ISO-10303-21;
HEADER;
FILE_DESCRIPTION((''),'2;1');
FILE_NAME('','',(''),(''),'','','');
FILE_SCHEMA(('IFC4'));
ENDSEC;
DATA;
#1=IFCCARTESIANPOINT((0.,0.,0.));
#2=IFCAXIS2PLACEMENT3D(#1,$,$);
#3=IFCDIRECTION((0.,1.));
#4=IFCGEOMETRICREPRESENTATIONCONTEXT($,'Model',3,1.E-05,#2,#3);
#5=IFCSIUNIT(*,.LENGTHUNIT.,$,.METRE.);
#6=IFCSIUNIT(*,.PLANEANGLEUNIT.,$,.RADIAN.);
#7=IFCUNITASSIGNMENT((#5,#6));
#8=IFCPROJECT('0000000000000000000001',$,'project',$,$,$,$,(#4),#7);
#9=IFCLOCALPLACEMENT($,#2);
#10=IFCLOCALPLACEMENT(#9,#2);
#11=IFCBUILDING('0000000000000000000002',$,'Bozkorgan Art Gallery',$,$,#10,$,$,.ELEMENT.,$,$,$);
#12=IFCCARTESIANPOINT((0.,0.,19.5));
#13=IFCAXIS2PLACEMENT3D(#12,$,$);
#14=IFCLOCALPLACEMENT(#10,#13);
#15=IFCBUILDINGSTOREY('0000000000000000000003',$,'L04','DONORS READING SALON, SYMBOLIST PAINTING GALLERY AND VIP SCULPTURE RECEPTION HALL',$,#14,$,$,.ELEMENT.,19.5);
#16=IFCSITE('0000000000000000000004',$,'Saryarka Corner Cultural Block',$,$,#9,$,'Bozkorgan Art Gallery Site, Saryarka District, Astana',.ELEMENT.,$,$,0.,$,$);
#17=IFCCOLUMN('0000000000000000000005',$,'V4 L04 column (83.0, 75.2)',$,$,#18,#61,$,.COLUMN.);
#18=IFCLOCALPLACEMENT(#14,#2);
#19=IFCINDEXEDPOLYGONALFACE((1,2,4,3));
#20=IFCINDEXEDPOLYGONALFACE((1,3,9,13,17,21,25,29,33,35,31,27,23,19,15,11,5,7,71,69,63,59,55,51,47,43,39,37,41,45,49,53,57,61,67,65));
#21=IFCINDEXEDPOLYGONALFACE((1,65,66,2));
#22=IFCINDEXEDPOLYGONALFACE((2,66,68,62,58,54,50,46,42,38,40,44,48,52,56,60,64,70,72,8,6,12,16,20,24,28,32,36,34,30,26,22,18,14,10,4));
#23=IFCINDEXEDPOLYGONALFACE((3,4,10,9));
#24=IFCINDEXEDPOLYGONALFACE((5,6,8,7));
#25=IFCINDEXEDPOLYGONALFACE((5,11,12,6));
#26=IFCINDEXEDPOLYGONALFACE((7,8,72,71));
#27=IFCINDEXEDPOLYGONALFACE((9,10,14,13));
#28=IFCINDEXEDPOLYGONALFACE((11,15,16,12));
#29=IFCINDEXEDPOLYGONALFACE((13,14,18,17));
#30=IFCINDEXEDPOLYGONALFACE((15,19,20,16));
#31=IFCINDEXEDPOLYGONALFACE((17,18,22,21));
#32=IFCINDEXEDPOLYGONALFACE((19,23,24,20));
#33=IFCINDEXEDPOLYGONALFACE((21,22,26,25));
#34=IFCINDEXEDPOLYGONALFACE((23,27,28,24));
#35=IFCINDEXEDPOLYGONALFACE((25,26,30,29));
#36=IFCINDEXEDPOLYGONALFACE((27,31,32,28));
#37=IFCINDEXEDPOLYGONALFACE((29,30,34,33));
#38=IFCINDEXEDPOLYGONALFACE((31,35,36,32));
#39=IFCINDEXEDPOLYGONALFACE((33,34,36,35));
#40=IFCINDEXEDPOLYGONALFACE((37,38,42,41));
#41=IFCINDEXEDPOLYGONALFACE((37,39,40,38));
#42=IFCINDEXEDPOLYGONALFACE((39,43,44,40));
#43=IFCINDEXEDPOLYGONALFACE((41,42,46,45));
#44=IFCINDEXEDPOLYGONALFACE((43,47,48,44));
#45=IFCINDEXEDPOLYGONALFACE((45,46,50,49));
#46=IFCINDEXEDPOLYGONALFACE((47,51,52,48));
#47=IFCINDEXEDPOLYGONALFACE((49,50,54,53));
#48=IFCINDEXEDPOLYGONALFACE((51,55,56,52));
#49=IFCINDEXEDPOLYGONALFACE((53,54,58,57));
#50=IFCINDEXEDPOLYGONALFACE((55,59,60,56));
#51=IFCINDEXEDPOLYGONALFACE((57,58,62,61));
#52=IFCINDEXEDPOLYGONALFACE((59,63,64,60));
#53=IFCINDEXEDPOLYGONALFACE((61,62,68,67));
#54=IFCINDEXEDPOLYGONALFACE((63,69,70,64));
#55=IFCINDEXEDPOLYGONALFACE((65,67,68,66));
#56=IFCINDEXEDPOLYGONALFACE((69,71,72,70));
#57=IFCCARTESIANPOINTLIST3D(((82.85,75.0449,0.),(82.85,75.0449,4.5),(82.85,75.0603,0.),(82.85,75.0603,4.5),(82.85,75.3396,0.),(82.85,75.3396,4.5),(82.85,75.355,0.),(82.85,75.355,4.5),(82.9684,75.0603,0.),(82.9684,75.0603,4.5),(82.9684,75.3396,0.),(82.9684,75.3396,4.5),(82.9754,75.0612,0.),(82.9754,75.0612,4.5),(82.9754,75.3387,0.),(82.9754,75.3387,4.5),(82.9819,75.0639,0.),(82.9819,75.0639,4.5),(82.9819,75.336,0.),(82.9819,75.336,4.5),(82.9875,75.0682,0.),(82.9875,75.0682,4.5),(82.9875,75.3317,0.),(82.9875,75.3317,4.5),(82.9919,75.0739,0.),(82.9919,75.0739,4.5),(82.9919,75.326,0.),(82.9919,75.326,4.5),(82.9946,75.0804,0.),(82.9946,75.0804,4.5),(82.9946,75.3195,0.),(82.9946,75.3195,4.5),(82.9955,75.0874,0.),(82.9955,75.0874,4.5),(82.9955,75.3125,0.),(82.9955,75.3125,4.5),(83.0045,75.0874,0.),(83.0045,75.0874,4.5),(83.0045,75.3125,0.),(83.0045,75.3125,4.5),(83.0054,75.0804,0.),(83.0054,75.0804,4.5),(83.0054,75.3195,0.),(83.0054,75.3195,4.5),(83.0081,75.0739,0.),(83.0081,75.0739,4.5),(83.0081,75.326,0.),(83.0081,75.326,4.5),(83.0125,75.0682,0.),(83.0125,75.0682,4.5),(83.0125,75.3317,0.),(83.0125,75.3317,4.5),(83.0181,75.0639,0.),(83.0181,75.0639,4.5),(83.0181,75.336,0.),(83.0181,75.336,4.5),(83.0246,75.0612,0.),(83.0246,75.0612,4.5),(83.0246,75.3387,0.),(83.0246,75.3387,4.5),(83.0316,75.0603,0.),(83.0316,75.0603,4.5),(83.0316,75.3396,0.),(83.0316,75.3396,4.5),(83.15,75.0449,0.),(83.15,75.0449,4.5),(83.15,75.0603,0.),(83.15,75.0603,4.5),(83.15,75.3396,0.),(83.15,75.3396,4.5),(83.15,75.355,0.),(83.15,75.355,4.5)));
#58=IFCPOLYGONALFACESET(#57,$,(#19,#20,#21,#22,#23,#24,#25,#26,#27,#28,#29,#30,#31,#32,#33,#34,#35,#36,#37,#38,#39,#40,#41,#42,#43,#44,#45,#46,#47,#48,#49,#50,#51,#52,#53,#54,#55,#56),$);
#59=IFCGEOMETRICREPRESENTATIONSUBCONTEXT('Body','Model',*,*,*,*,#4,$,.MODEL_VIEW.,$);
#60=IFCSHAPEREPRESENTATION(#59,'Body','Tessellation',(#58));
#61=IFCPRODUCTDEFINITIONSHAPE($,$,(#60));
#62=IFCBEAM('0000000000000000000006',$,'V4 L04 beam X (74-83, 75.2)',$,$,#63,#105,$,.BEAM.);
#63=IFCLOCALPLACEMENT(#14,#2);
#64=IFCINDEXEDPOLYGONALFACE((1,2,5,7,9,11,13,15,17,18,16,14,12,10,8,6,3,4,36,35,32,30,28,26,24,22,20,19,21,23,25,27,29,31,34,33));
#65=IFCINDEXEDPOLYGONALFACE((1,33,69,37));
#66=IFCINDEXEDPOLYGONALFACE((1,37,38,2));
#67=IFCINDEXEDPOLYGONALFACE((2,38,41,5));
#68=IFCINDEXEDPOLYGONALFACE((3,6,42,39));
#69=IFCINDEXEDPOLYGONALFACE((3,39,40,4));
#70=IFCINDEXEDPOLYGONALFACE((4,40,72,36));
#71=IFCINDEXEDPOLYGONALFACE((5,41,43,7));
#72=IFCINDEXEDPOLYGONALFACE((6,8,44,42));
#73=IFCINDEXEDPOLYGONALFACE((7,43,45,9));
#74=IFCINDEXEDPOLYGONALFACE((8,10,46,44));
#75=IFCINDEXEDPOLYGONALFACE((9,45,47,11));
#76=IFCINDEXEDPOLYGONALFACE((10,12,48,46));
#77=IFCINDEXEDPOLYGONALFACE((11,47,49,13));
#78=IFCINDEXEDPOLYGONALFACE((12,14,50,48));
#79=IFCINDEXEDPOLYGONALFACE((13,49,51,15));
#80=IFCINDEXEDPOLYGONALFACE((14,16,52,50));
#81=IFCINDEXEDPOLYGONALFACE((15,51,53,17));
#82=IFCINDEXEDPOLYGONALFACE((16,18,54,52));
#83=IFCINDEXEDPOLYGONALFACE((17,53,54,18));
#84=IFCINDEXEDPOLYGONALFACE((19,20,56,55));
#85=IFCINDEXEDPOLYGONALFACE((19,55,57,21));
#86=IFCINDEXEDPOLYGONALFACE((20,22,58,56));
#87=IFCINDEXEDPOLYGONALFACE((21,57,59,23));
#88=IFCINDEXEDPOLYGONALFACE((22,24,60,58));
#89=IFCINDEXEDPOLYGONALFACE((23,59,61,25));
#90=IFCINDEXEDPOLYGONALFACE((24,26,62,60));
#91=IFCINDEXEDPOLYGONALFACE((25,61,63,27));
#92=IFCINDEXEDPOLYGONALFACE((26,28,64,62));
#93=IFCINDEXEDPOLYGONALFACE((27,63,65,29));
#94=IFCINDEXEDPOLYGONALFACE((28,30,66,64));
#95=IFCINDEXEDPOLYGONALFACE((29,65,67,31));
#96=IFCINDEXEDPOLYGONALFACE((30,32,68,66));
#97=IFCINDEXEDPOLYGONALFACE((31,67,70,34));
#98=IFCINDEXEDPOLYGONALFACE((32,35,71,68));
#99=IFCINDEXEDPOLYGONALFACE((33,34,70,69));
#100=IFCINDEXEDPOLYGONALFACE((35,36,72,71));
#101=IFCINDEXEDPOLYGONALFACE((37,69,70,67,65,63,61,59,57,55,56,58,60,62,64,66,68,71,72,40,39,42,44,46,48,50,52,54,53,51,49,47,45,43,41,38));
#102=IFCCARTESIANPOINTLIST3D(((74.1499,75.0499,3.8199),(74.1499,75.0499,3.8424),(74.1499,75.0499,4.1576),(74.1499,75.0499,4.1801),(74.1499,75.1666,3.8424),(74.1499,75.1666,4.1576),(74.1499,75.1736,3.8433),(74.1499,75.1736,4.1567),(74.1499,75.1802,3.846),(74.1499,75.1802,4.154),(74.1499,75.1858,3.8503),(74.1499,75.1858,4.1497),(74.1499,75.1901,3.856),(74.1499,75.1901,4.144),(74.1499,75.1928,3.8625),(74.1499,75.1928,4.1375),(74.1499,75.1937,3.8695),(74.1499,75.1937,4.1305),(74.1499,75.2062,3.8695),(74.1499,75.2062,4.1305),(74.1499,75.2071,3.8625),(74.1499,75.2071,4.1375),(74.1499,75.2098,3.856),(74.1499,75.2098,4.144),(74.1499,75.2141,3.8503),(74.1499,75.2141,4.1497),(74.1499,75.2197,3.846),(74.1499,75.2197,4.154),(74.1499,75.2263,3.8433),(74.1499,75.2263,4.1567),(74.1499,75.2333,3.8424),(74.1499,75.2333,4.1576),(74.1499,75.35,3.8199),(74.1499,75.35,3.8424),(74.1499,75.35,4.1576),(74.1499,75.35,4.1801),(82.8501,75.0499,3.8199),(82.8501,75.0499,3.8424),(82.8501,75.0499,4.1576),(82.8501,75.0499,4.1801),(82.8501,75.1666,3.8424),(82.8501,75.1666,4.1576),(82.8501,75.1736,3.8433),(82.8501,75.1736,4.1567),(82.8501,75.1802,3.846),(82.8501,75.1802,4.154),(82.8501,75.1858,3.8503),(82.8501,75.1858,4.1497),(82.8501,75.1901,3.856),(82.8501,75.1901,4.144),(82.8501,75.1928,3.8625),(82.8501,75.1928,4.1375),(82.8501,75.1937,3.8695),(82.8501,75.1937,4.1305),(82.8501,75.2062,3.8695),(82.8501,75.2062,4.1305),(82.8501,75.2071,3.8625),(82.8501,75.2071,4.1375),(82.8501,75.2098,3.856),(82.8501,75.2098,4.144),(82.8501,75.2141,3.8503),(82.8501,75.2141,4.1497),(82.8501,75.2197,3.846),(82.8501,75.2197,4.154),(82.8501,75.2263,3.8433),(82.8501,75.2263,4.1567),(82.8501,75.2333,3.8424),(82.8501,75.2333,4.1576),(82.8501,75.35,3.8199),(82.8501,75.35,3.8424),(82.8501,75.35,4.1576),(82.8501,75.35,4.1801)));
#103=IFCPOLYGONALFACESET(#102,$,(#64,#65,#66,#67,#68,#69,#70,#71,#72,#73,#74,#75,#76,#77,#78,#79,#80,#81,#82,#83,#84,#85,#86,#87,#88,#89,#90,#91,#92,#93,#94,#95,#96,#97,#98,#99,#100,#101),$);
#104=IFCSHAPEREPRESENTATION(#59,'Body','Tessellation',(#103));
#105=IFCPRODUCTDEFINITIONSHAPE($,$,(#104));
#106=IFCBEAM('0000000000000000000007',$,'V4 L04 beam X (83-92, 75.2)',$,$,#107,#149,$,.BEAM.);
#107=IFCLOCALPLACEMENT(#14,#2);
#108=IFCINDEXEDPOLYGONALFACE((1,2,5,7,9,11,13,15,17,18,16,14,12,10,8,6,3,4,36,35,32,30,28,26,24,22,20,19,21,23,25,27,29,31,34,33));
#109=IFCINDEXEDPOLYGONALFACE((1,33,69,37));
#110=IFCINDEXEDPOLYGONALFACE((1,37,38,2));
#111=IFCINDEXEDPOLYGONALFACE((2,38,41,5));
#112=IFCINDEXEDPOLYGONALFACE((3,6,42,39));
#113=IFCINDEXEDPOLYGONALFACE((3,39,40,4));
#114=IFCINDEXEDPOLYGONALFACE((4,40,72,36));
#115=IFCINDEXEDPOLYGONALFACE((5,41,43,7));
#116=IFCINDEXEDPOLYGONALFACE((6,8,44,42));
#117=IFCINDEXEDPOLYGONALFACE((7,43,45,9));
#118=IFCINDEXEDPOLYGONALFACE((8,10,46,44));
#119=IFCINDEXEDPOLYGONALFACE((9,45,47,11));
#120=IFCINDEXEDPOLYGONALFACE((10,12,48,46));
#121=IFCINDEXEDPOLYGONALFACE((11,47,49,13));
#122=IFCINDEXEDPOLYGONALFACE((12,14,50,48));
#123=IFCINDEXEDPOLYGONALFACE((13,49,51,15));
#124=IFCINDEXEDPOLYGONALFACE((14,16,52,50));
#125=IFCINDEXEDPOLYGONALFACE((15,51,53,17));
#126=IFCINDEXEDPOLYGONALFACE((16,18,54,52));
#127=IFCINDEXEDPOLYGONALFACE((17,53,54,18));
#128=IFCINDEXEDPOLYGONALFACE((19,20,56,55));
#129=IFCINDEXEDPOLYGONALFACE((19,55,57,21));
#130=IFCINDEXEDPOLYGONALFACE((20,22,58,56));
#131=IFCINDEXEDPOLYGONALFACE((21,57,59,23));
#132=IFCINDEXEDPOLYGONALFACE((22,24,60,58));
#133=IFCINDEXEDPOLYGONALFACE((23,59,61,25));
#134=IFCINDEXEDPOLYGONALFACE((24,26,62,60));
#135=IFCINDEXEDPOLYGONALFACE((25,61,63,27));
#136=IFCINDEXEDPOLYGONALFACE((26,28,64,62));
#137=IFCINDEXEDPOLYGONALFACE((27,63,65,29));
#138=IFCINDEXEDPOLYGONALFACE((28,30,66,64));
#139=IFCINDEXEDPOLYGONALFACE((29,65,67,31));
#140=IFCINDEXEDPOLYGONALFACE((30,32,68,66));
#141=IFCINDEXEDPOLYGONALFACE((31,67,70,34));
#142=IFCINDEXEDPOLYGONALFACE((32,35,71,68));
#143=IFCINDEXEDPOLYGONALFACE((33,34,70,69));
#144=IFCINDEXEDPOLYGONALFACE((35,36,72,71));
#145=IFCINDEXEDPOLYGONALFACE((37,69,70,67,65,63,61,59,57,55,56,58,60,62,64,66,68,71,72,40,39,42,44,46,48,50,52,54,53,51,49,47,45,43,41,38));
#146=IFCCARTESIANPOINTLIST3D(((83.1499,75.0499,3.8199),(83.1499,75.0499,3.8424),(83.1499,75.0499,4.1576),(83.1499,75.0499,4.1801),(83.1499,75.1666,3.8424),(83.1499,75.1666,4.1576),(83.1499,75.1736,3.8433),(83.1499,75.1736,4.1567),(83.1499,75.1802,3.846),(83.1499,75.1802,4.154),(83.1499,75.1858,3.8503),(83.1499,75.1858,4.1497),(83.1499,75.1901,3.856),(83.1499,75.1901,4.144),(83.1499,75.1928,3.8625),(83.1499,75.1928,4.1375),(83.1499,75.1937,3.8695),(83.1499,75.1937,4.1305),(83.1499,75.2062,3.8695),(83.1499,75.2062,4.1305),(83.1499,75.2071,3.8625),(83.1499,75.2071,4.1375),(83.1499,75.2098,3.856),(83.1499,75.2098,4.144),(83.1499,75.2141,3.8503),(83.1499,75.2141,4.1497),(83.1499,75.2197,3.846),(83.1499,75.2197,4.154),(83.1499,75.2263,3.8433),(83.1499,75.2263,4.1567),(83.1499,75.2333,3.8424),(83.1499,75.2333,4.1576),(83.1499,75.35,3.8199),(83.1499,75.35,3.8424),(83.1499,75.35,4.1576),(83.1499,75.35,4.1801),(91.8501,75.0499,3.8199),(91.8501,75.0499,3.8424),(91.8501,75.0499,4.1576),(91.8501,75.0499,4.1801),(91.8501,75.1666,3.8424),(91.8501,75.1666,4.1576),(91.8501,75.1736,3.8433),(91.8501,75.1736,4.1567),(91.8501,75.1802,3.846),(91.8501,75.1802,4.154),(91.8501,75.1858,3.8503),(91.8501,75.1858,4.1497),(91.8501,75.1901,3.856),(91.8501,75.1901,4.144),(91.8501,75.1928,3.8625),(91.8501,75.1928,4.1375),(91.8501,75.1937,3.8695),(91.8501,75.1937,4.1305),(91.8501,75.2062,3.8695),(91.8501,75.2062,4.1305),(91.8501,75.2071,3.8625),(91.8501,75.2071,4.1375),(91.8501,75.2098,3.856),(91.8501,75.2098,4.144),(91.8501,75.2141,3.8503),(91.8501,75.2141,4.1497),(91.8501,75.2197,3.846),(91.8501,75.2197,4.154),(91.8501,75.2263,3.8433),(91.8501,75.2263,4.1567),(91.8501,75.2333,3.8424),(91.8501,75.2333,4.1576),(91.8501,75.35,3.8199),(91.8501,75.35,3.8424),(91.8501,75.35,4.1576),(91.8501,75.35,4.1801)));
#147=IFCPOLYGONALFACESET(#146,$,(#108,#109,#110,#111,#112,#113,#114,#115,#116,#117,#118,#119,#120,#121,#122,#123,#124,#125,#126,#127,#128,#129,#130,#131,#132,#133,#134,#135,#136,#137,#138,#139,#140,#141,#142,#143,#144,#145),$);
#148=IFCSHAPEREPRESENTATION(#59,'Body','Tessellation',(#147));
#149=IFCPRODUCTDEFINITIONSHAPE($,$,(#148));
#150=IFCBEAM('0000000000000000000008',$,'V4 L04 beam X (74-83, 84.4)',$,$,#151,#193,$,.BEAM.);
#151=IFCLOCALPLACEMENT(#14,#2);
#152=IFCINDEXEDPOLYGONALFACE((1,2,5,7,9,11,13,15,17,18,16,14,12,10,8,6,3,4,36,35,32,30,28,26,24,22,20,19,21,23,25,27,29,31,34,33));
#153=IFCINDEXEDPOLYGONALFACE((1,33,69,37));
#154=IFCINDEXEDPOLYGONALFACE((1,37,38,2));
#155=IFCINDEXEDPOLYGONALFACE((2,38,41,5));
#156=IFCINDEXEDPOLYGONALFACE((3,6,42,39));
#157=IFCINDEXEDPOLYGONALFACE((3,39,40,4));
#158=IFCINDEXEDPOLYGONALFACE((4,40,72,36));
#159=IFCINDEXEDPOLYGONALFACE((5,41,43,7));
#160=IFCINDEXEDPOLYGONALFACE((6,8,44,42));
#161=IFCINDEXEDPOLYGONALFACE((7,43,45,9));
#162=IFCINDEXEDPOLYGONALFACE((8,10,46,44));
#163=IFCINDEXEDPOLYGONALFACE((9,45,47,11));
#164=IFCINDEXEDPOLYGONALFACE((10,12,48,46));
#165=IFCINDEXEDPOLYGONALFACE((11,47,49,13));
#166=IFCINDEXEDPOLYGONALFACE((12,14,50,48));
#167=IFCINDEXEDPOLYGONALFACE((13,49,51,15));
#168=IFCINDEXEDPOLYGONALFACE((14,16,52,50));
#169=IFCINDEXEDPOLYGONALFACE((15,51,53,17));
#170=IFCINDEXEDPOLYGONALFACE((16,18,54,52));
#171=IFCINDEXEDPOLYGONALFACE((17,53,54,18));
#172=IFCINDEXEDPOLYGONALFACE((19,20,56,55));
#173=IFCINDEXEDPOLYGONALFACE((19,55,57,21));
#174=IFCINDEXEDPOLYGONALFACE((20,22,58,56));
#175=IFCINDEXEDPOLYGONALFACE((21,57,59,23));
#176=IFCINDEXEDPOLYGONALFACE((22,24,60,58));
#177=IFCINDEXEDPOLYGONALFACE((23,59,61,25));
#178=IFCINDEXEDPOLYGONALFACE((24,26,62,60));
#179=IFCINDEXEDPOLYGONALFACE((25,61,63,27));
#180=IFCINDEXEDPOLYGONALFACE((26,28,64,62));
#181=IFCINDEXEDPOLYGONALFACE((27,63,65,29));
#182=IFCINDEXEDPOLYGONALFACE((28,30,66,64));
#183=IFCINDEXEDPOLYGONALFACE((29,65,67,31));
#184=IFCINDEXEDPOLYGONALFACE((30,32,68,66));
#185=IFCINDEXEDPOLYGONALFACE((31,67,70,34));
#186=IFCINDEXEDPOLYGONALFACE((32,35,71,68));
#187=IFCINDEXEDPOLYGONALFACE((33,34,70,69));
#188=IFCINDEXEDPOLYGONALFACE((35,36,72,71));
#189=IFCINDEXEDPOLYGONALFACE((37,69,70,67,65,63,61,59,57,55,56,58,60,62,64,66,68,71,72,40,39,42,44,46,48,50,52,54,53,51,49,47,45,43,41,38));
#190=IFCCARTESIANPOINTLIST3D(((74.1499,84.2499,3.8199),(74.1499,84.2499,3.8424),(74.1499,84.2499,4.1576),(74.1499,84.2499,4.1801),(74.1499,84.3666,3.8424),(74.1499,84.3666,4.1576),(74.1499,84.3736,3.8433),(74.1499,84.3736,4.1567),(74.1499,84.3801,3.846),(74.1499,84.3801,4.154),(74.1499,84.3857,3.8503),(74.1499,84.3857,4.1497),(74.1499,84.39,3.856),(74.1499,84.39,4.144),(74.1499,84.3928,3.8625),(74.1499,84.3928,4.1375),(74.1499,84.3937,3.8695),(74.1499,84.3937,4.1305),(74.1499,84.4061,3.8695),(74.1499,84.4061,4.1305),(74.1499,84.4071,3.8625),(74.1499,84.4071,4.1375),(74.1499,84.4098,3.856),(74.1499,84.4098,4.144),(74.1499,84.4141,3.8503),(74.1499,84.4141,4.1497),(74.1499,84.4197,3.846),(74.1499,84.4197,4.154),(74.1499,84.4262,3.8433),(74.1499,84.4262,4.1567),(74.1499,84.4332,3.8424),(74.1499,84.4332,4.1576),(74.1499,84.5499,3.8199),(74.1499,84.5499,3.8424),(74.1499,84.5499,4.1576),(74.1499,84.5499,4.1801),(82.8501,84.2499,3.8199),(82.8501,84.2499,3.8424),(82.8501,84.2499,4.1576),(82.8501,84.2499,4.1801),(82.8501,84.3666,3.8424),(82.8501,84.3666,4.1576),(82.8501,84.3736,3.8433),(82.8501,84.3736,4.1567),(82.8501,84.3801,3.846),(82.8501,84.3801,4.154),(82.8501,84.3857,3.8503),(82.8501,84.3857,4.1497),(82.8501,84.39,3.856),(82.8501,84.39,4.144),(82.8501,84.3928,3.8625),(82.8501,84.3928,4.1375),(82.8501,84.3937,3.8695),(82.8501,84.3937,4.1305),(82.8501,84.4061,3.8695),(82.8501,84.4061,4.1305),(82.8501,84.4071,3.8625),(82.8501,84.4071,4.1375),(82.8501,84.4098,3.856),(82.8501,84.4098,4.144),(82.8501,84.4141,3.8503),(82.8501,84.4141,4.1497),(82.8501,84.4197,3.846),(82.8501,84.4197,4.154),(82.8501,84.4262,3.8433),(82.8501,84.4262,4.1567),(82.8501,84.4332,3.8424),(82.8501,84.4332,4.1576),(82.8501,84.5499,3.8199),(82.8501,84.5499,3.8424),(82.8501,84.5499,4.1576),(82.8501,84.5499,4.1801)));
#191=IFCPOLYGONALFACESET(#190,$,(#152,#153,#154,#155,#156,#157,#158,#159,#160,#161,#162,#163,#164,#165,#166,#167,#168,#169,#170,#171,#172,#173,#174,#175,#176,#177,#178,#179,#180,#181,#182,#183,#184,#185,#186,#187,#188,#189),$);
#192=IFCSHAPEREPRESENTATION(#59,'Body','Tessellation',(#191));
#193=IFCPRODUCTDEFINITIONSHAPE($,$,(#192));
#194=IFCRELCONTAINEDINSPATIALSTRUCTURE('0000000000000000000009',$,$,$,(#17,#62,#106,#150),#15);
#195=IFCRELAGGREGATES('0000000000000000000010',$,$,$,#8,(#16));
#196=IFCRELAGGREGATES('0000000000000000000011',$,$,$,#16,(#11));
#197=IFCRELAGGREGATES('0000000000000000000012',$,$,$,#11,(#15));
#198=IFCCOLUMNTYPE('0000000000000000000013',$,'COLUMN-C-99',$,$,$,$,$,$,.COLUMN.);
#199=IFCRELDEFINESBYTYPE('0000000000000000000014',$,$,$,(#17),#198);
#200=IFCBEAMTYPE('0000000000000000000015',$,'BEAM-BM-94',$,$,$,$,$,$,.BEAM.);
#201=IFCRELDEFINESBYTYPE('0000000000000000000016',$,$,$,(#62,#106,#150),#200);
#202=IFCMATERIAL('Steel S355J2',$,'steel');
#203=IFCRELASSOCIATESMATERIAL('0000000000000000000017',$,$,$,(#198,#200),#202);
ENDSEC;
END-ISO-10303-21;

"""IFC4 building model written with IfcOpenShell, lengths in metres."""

from ifc_helpers import new_model, si_unit, direction, frame, origin, origin_2d, place, context, subcontext, project, spatial, i_section, extrude, material, material_profile, profile_set, type_object, element, save


model = new_model("IFC4")

# Units and contexts
model_context = context("Model", 3, precision=1e-05, world=origin(), true_north=direction((0.0, 1.0)))
body_context = subcontext(model_context, "Body", "Model", "MODEL_VIEW")
ifc_project = project(units=[si_unit("LENGTHUNIT", "METRE"), si_unit("PLANEANGLEUNIT", "RADIAN")], contexts=[model_context])

# Site, building, storey
site_placement = place(None, origin())
site = spatial("IfcSite", under=ifc_project, at=site_placement, Name="Saryarka Corner Cultural Block", LongName="Bozkorgan Art Gallery Site, Saryarka District, Astana", CompositionType="ELEMENT", RefElevation=0.0)
building_placement = place(site_placement, origin())
building = spatial("IfcBuilding", under=site, at=building_placement, Name="Bozkorgan Art Gallery", CompositionType="ELEMENT")
storey_placement = place(building_placement, frame((0.0, 0.0, 19.5)))
storey = spatial("IfcBuildingStorey", under=building, at=storey_placement, Name="L04", Description="DONORS READING SALON, SYMBOLIST PAINTING GALLERY AND VIP SCULPTURE RECEPTION HALL", CompositionType="ELEMENT", Elevation=19.5)

# Column
ifc_material_1 = material(Name="Steel S355J2", Category="steel")
ifc_material_profile_1 = material_profile(ifc_material_1, i_section(OverallWidth=0.3, OverallDepth=0.3101, WebThickness=0.009, FlangeThickness=0.0154, FilletRadius=0.0271, at=origin_2d()), Name="HEA 320")
ifc_profile_set_1 = profile_set([ifc_material_profile_1], Name="Steel S355J2")
column_type_1 = type_object("IfcColumnType", Name="COLUMN-C-99", PredefinedType="COLUMN", material=ifc_profile_set_1)
for number, where, z_axis, x_axis, name in (
    (1, (83.0, 75.2, 0.0), (0.0, 0.0, 1.0), (1.0, 0.0, 0.0), "V4 L04 column (83.0, 75.2)"),
):
    element("IfcColumn", number, at=place(storey_placement, frame(where, z_axis=z_axis, x_axis=x_axis)), inside=storey, type_object=column_type_1, Name=name, PredefinedType="COLUMN", context=body_context, shape_type="SweptSolid", body=[
        extrude(i_section(OverallWidth=0.3, OverallDepth=0.3101, WebThickness=0.009, FlangeThickness=0.0154, FilletRadius=0.0271, at=origin_2d()), origin(), (0.0, 0.0, 1.0), 4.5),
    ])

# Beams
ifc_material_profile_2 = material_profile(ifc_material_1, i_section(OverallWidth=0.3, OverallDepth=0.3601, WebThickness=0.0125, FlangeThickness=0.0225, FilletRadius=0.0271, at=origin_2d()), Name="HEB 360")
ifc_profile_set_2 = profile_set([ifc_material_profile_2], Name="Steel S355J2")
beam_type = type_object("IfcBeamType", Name="BEAM-BM-94", PredefinedType="BEAM", material=ifc_profile_set_2)
for number, where, z_axis, x_axis, name in (
    (2, (74.1499, 75.2, 4.0), (1.0, 0.0, 0.0), (0.0, 1.0, 0.0), "V4 L04 beam X (74-83, 75.2)"),
    (3, (83.1499, 75.2, 4.0), (1.0, 0.0, 0.0), (0.0, 1.0, 0.0), "V4 L04 beam X (83-92, 75.2)"),
    (4, (74.1499, 84.3999, 4.0), (1.0, 0.0, 0.0), (0.0, 1.0, 0.0), "V4 L04 beam X (74-83, 84.4)"),
):
    element("IfcBeam", number, at=place(storey_placement, frame(where, z_axis=z_axis, x_axis=x_axis)), inside=storey, type_object=beam_type, Name=name, PredefinedType="BEAM", context=body_context, shape_type="SweptSolid", body=[
        extrude(i_section(OverallWidth=0.3, OverallDepth=0.3601, WebThickness=0.0125, FlangeThickness=0.0225, FilletRadius=0.0271, at=origin_2d()), origin(), (0.0, 0.0, 1.0), 8.7002),
    ])

save(model, "model.ifc")
